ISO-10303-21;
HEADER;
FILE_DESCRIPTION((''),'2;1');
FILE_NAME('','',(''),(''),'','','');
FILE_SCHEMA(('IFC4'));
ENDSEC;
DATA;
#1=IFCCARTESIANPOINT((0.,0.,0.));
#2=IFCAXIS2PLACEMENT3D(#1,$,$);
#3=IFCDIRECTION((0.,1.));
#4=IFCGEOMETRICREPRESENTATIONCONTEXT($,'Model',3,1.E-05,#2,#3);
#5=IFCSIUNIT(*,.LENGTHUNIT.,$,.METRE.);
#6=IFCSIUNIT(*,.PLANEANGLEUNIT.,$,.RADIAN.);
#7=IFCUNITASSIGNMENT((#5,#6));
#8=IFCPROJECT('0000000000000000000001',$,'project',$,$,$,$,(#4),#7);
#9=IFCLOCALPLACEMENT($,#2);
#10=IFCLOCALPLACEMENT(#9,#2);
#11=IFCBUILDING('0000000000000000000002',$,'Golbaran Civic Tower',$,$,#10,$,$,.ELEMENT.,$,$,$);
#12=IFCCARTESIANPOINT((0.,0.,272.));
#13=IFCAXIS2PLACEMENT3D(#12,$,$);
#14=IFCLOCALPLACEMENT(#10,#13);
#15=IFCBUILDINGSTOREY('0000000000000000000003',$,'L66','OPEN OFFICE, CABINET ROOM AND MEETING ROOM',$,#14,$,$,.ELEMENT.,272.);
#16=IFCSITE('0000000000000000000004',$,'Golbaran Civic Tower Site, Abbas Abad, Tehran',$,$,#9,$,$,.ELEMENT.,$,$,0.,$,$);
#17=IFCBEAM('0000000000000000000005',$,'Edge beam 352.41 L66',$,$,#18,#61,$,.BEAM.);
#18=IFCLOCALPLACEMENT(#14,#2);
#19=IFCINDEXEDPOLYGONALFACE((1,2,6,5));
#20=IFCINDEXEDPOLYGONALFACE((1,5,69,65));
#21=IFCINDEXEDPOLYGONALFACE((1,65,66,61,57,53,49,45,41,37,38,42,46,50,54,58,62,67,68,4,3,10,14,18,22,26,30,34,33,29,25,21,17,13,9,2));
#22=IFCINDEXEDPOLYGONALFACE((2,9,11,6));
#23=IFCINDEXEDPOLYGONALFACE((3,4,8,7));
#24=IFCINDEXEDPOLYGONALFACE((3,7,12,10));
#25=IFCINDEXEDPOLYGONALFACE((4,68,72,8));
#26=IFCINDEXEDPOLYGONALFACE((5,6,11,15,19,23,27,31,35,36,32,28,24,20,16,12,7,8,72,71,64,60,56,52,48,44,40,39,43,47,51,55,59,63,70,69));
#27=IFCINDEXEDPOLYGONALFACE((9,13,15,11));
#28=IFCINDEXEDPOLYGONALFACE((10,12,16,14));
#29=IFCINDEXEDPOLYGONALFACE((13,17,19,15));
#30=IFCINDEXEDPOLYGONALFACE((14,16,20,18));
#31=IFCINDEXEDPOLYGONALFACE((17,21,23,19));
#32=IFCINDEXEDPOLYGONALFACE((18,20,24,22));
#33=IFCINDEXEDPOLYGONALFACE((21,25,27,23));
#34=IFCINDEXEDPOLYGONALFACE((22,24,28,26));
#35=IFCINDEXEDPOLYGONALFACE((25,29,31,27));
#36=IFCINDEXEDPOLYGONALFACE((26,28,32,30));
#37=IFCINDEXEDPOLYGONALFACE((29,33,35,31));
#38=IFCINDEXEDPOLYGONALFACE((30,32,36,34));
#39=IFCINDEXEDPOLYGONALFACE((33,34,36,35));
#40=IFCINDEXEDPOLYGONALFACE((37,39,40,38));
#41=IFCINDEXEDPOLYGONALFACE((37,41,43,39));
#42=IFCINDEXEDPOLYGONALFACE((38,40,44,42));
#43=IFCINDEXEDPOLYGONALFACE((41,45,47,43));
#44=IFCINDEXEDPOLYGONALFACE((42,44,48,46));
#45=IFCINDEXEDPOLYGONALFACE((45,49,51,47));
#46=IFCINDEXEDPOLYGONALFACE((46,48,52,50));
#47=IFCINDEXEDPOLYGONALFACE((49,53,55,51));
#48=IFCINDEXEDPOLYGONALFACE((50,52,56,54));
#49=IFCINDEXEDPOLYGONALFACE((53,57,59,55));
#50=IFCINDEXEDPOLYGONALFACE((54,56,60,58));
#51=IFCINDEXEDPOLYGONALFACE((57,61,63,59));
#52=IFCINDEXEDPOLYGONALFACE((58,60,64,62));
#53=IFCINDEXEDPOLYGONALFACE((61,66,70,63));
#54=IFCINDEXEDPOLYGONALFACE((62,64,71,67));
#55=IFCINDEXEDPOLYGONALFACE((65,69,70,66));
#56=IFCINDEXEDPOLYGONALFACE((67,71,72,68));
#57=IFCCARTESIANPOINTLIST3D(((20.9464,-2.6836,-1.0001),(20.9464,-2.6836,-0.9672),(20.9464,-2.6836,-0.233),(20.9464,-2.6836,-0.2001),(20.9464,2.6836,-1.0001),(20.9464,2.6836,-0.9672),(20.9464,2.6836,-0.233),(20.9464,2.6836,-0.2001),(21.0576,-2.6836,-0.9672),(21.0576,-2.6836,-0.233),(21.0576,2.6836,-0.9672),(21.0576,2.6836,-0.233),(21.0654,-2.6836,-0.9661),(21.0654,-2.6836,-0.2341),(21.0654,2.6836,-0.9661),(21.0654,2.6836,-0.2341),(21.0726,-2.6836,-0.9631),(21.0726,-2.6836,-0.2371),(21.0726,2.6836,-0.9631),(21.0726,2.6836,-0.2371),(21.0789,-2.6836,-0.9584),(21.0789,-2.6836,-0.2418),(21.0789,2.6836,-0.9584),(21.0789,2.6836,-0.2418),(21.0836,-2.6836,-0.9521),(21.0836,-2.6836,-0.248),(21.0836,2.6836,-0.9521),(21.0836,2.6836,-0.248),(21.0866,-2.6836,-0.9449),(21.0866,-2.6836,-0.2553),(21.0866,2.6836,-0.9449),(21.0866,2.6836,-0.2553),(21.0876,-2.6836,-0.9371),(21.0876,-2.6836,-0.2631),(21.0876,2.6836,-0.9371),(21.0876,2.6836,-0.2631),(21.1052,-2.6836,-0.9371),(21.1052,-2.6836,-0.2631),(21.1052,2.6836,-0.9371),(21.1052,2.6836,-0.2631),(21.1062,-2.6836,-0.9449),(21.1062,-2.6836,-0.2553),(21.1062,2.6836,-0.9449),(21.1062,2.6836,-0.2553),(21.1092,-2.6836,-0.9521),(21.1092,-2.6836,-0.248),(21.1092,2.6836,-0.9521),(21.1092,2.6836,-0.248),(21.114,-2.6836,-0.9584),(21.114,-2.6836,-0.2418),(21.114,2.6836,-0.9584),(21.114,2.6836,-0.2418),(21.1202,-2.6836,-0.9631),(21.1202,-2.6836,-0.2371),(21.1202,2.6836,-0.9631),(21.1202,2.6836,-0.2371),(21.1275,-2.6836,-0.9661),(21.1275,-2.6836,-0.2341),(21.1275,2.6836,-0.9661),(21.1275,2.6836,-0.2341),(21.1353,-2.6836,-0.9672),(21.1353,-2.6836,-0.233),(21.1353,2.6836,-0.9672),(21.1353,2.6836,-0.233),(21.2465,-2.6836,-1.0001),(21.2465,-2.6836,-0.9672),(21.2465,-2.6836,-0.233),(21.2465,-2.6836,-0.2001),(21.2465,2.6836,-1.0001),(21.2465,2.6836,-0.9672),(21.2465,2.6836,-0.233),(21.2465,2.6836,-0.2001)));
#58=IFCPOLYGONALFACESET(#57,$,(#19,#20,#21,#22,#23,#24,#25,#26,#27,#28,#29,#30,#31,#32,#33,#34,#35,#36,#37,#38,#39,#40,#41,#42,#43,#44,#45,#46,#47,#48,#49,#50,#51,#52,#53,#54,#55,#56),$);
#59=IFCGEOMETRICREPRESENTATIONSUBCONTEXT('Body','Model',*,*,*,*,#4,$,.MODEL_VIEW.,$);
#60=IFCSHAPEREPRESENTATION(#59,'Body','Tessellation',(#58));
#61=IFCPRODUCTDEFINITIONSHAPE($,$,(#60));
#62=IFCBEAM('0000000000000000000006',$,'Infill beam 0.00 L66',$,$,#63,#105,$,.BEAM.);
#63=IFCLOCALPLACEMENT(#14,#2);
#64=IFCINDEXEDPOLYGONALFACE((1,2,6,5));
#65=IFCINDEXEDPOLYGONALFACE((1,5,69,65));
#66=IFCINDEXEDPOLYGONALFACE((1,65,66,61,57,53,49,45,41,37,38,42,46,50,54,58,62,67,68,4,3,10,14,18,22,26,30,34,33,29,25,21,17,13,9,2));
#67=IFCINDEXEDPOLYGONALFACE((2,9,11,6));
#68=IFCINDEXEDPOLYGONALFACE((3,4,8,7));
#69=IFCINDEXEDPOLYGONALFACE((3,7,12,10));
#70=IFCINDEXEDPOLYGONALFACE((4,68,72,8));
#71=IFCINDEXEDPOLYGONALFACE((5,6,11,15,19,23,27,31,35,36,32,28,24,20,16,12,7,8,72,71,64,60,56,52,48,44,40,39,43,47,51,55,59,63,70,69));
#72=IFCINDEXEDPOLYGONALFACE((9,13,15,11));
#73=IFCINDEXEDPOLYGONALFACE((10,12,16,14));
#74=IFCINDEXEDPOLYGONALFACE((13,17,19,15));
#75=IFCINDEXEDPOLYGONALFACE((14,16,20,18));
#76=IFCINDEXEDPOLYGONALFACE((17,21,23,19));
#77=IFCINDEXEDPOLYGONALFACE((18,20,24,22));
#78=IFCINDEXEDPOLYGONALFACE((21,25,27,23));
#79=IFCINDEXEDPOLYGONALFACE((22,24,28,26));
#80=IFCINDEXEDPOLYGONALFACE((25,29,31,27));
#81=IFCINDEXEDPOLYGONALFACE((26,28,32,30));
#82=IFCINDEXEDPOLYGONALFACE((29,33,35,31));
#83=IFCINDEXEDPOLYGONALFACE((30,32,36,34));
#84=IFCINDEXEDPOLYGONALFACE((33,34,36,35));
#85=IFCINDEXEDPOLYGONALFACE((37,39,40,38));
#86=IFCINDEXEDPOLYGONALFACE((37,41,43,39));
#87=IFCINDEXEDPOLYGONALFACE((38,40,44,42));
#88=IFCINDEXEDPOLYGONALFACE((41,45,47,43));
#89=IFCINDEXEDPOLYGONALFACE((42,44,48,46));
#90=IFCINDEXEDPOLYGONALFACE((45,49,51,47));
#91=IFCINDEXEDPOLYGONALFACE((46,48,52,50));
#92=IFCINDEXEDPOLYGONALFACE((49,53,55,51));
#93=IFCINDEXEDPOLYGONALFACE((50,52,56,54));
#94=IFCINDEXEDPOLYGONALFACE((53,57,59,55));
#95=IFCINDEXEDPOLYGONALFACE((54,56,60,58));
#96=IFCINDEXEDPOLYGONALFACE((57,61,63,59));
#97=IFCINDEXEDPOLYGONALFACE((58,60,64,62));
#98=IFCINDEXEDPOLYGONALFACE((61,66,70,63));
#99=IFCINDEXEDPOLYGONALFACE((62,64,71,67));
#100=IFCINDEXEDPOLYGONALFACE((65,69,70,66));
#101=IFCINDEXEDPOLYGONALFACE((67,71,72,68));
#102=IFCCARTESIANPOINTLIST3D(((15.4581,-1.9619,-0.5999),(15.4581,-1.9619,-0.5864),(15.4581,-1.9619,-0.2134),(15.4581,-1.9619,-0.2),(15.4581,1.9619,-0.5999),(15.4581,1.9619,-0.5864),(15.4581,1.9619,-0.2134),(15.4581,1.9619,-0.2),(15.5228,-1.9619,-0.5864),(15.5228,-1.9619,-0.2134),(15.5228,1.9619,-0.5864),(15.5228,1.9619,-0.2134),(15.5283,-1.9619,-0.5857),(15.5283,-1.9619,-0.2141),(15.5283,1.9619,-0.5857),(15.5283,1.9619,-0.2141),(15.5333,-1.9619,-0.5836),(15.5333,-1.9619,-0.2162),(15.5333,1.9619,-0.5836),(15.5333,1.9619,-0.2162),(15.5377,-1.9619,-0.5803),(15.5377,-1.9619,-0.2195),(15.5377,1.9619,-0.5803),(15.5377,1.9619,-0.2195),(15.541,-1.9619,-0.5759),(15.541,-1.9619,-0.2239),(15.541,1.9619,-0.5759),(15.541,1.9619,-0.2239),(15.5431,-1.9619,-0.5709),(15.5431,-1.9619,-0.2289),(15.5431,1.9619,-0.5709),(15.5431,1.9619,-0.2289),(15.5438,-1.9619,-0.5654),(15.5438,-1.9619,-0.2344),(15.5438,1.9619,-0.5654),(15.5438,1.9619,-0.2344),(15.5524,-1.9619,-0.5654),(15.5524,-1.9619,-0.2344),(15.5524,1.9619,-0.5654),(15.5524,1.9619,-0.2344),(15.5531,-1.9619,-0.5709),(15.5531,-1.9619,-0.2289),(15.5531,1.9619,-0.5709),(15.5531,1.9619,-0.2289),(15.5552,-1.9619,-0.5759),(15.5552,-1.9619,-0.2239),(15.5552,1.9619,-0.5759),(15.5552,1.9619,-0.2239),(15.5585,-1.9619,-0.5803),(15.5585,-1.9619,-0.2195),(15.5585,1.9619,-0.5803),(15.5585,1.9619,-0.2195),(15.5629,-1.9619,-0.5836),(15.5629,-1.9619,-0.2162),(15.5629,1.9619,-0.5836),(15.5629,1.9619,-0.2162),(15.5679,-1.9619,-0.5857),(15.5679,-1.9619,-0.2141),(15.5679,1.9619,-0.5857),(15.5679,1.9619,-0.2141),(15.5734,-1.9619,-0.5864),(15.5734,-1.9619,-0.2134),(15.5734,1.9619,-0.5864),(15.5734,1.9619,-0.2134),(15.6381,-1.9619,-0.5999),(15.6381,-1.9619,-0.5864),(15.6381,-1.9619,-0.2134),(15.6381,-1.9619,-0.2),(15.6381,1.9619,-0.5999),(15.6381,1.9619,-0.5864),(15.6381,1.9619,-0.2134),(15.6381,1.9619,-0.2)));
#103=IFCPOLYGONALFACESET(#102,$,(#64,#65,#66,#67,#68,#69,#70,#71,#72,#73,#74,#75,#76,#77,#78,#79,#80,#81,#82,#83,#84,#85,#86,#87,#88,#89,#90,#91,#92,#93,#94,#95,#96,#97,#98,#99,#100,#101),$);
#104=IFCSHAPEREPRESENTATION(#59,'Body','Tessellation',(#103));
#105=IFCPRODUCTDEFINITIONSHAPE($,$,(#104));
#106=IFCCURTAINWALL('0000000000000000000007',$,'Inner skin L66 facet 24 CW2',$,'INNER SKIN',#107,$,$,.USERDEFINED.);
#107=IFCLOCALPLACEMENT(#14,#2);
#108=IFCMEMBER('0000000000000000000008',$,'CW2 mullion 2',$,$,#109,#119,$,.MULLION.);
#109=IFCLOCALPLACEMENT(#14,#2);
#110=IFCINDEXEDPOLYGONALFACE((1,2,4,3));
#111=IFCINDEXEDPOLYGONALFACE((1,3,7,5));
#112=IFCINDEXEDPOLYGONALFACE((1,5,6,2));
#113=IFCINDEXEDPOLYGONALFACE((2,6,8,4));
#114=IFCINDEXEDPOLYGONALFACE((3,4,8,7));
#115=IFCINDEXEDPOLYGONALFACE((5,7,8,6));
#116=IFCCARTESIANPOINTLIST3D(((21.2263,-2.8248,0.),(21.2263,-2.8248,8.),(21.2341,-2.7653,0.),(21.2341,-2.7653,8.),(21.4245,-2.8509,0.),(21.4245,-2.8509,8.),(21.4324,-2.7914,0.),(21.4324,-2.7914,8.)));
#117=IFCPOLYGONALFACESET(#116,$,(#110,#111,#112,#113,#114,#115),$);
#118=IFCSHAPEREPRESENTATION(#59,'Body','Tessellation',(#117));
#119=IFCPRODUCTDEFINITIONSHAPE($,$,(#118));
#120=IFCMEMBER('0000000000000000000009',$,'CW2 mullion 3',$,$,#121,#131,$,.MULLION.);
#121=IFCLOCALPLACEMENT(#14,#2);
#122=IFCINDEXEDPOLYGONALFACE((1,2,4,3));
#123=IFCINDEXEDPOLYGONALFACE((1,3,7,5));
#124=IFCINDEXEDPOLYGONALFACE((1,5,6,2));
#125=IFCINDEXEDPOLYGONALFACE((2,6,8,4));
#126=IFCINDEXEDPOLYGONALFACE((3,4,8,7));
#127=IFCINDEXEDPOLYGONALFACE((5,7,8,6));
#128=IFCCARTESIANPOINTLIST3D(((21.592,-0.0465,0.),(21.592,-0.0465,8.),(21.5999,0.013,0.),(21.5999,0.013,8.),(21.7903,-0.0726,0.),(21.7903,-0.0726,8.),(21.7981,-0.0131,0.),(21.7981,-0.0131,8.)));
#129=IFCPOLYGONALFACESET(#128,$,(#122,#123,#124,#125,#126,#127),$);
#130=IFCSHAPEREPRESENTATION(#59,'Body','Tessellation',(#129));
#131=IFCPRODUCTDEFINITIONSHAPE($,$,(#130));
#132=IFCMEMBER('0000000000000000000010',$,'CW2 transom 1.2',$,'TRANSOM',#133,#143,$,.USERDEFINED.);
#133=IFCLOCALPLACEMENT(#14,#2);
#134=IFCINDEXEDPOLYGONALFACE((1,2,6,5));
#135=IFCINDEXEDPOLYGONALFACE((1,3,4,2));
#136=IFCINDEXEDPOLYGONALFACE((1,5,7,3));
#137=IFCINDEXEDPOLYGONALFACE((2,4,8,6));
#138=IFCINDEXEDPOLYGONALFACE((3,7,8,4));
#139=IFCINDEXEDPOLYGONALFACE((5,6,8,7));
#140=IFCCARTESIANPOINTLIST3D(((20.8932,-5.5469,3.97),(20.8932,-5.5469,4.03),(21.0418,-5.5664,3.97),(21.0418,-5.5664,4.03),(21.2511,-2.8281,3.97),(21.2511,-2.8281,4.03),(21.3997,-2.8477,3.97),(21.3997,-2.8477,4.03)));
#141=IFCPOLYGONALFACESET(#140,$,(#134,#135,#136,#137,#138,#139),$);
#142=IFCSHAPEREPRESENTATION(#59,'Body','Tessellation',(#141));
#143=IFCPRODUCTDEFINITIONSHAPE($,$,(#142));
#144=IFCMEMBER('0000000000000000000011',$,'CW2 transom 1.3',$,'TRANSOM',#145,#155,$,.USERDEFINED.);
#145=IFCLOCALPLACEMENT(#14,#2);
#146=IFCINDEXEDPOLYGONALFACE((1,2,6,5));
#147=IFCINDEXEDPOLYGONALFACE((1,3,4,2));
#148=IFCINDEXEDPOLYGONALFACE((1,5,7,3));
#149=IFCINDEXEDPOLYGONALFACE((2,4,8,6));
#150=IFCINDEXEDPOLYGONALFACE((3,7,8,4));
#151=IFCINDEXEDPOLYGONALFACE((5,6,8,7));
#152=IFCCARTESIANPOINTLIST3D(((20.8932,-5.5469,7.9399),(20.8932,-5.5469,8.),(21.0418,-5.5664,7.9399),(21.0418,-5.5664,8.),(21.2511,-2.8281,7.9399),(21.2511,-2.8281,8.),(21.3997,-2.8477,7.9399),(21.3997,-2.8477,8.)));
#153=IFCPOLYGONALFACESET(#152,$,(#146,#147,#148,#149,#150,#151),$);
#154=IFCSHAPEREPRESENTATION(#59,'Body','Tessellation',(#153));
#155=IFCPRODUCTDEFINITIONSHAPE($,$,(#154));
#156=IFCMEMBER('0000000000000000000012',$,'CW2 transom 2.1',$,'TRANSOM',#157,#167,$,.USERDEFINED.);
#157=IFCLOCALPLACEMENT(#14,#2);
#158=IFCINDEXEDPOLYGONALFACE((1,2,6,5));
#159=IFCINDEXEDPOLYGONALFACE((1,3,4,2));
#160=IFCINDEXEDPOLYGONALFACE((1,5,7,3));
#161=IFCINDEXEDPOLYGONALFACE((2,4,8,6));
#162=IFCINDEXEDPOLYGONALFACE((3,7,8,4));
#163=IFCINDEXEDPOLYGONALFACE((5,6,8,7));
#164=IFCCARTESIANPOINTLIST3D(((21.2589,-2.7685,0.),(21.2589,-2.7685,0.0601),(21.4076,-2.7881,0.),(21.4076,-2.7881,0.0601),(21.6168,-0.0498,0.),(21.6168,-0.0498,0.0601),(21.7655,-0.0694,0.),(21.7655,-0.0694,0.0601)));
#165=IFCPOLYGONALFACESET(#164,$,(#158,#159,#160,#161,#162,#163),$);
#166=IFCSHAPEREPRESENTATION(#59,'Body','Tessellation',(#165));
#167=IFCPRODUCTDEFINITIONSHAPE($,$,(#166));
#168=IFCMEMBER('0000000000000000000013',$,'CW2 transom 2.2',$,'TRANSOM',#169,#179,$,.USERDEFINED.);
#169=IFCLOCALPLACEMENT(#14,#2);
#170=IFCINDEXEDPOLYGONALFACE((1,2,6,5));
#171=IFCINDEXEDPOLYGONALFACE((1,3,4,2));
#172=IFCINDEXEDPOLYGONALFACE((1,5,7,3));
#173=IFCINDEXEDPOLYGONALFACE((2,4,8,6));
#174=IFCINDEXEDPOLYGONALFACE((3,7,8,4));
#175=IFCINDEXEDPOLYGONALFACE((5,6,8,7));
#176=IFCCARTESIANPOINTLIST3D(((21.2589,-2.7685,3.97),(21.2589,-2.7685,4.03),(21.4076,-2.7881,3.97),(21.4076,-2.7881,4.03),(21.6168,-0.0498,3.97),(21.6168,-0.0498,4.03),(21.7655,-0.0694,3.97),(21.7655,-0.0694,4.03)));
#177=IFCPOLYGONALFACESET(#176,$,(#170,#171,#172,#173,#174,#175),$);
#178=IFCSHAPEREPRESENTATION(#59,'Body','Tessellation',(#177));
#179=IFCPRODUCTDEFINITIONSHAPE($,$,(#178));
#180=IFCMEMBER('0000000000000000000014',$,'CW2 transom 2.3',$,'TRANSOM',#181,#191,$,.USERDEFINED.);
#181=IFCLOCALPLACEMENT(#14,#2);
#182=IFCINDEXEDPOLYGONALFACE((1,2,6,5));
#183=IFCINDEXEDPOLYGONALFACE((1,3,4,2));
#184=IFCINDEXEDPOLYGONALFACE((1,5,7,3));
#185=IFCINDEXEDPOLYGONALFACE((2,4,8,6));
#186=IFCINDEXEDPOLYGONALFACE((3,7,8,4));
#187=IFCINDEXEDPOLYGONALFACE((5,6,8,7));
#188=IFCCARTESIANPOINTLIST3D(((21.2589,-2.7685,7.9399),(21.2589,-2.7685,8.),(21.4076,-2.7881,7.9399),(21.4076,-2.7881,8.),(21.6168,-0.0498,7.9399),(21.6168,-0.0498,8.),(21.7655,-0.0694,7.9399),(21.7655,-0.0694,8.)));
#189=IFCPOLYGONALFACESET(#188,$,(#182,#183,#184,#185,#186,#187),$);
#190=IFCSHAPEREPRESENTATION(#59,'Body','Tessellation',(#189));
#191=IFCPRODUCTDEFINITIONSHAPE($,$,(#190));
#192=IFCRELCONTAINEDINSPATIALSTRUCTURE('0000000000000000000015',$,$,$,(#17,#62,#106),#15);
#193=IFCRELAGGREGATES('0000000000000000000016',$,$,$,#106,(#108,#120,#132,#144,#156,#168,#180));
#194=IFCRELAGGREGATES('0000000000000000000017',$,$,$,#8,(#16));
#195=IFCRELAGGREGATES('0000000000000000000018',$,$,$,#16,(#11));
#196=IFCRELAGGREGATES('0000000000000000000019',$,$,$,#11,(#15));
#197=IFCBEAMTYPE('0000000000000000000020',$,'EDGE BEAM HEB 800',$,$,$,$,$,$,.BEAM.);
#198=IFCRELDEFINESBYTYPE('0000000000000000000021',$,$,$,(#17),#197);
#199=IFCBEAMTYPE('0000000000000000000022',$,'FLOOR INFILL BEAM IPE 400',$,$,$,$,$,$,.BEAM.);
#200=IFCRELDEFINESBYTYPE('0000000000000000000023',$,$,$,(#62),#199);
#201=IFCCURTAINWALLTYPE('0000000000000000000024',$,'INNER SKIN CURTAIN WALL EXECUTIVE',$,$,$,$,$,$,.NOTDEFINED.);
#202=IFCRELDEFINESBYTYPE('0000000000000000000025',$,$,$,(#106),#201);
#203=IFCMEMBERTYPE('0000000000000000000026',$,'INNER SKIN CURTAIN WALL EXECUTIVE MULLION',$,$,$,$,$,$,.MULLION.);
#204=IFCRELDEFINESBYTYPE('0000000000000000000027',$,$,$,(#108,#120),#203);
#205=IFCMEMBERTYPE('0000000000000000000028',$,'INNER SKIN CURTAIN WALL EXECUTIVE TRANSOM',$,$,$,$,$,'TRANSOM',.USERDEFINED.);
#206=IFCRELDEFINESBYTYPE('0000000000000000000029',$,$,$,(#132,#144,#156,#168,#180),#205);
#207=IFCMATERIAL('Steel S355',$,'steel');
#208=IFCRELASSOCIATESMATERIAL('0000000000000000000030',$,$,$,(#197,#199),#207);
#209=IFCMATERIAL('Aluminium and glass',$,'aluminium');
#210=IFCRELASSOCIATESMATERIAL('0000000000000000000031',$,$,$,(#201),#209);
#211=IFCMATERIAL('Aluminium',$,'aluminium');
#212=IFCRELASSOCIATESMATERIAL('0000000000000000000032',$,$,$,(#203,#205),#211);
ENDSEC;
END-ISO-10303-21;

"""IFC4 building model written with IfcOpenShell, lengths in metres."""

from ifc_helpers import new_model, si_unit, direction, frame, origin, origin_2d, place, context, subcontext, project, spatial, rectangle, i_section, extrude, material, material_profile, profile_set, type_object, element, aggregate, save


model = new_model("IFC4")

# Units and contexts
model_context = context("Model", 3, precision=1e-05, world=origin(), true_north=direction((0.0, 1.0)))
body_context = subcontext(model_context, "Body", "Model", "MODEL_VIEW")
ifc_project = project(units=[si_unit("LENGTHUNIT", "METRE"), si_unit("PLANEANGLEUNIT", "RADIAN")], contexts=[model_context])

# Site, building, storey
site_placement = place(None, origin())
site = spatial("IfcSite", under=ifc_project, at=site_placement, Name="Golbaran Civic Tower Site, Abbas Abad, Tehran", CompositionType="ELEMENT", RefElevation=0.0)
building_placement = place(site_placement, origin())
building = spatial("IfcBuilding", under=site, at=building_placement, Name="Golbaran Civic Tower", CompositionType="ELEMENT")
storey_placement = place(building_placement, frame((0.0, 0.0, 272.0)))
storey = spatial("IfcBuildingStorey", under=building, at=storey_placement, Name="L66", Description="OPEN OFFICE, CABINET ROOM AND MEETING ROOM", CompositionType="ELEMENT", Elevation=272.0)

# Beams
ifc_material_1 = material(Name="Steel S355", Category="steel")
ifc_material_profile_1 = material_profile(ifc_material_1, i_section(OverallWidth=0.3, OverallDepth=0.8, WebThickness=0.0176, FlangeThickness=0.033, FilletRadius=0.03, at=origin_2d()), Name="HEB 800")
ifc_profile_set_1 = profile_set([ifc_material_profile_1], Name="Steel S355")
beam_type_1 = type_object("IfcBeamType", Name="EDGE BEAM HEB 800", PredefinedType="BEAM", material=ifc_profile_set_1)
beam_1_placement = place(storey_placement, frame((21.0964, -2.6836, -0.6001), z_axis=(0.0, 1.0, 0.0), x_axis=(-1.0, 0.0, 0.0)))
element("IfcBeam", 1, at=beam_1_placement, inside=storey, type_object=beam_type_1, Name="Edge beam 352.41 L66", PredefinedType="BEAM", context=body_context, shape_type="SweptSolid", body=[
    extrude(i_section(OverallWidth=0.3, OverallDepth=0.8, WebThickness=0.0176, FlangeThickness=0.033, FilletRadius=0.03, at=origin_2d()), origin(), (0.0, 0.0, 1.0), 5.3672),
])
ifc_material_profile_2 = material_profile(ifc_material_1, i_section(OverallWidth=0.1799, OverallDepth=0.3999, WebThickness=0.0085, FlangeThickness=0.0134, FilletRadius=0.021, at=origin_2d()), Name="IPE 400")
ifc_profile_set_2 = profile_set([ifc_material_profile_2], Name="Steel S355")
beam_type_2 = type_object("IfcBeamType", Name="FLOOR INFILL BEAM IPE 400", PredefinedType="BEAM", material=ifc_profile_set_2)
beam_2_placement = place(storey_placement, frame((15.5481, -1.9619, -0.3999), z_axis=(0.0, 1.0, 0.0), x_axis=(-1.0, 0.0, 0.0)))
element("IfcBeam", 2, at=beam_2_placement, inside=storey, type_object=beam_type_2, Name="Infill beam 0.00 L66", PredefinedType="BEAM", context=body_context, shape_type="SweptSolid", body=[
    extrude(i_section(OverallWidth=0.1799, OverallDepth=0.3999, WebThickness=0.0085, FlangeThickness=0.0134, FilletRadius=0.021, at=origin_2d()), origin(), (0.0, 0.0, 1.0), 3.9238),
])

# Curtain wall, members
ifc_material_2 = material(Name="Aluminium and glass", Category="aluminium")
curtain_wall_type = type_object("IfcCurtainWallType", Name="INNER SKIN CURTAIN WALL EXECUTIVE", PredefinedType="NOTDEFINED", material=ifc_material_2)
curtain_wall_placement = place(storey_placement, origin())
curtain_wall = element("IfcCurtainWall", 3, at=curtain_wall_placement, inside=storey, type_object=curtain_wall_type, Name="Inner skin L66 facet 24 CW2", ObjectType="INNER SKIN", PredefinedType="USERDEFINED")
ifc_material_3 = material(Name="Aluminium", Category="aluminium")
ifc_material_profile_3 = material_profile(ifc_material_3, rectangle(XDim=0.2, YDim=0.0601, at=origin_2d()), Name="INNER SKIN CURTAIN WALL EXECUTIVE MULLION")
ifc_profile_set_3 = profile_set([ifc_material_profile_3], Name="Aluminium")
member_type_1 = type_object("IfcMemberType", Name="INNER SKIN CURTAIN WALL EXECUTIVE MULLION", PredefinedType="MULLION", material=ifc_profile_set_3)
member_1_placement = place(storey_placement, frame((21.3293, -2.8081, 0.0), z_axis=(0.0, 0.0, 1.0), x_axis=(-0.991445, 0.130526, 0.0)))
member_1 = element("IfcMember", 4, at=member_1_placement, type_object=member_type_1, Name="CW2 mullion 2", PredefinedType="MULLION", context=body_context, shape_type="SweptSolid", body=[
    extrude(rectangle(XDim=0.2, YDim=0.0601, at=origin_2d()), origin(), (0.0, 0.0, 1.0), 8.0),
])
member_2_placement = place(storey_placement, frame((21.6951, -0.0298, 0.0), z_axis=(0.0, 0.0, 1.0), x_axis=(-0.991445, 0.130526, 0.0)))
member_2 = element("IfcMember", 5, at=member_2_placement, type_object=member_type_1, Name="CW2 mullion 3", PredefinedType="MULLION", context=body_context, shape_type="SweptSolid", body=[
    extrude(rectangle(XDim=0.2, YDim=0.0601, at=origin_2d()), origin(), (0.0, 0.0, 1.0), 8.0),
])
ifc_material_profile_4 = material_profile(ifc_material_3, rectangle(XDim=0.1499, YDim=0.0601, at=origin_2d()), Name="INNER SKIN CURTAIN WALL EXECUTIVE TRANSOM")
ifc_profile_set_4 = profile_set([ifc_material_profile_4], Name="Aluminium")
member_type_2 = type_object("IfcMemberType", Name="INNER SKIN CURTAIN WALL EXECUTIVE TRANSOM", ElementType="TRANSOM", PredefinedType="USERDEFINED", material=ifc_profile_set_4)
member_3_placement = place(storey_placement, frame((20.9675, -5.5566, 4.0), z_axis=(0.130519, 0.991446, 0.0), x_axis=(-0.991446, 0.130519, 0.0)))
member_3 = element("IfcMember", 6, at=member_3_placement, type_object=member_type_2, Name="CW2 transom 1.2", ObjectType="TRANSOM", PredefinedType="USERDEFINED", context=body_context, shape_type="SweptSolid", body=[
    extrude(rectangle(XDim=0.1499, YDim=0.0601, at=origin_2d()), origin(), (0.0, 0.0, 1.0), 2.7422),
])
member_4_placement = place(storey_placement, frame((20.9675, -5.5566, 7.97), z_axis=(0.130519, 0.991446, 0.0), x_axis=(-0.991446, 0.130519, 0.0)))
member_4 = element("IfcMember", 7, at=member_4_placement, type_object=member_type_2, Name="CW2 transom 1.3", ObjectType="TRANSOM", PredefinedType="USERDEFINED", context=body_context, shape_type="SweptSolid", body=[
    extrude(rectangle(XDim=0.1499, YDim=0.0601, at=origin_2d()), origin(), (0.0, 0.0, 1.0), 2.7422),
])
member_5_placement = place(storey_placement, frame((21.3333, -2.7783, 0.03), z_axis=(0.130519, 0.991446, 0.0), x_axis=(-0.991446, 0.130519, 0.0)))
member_5 = element("IfcMember", 8, at=member_5_placement, type_object=member_type_2, Name="CW2 transom 2.1", ObjectType="TRANSOM", PredefinedType="USERDEFINED", context=body_context, shape_type="SweptSolid", body=[
    extrude(rectangle(XDim=0.1499, YDim=0.0601, at=origin_2d()), origin(), (0.0, 0.0, 1.0), 2.7422),
])
member_6_placement = place(storey_placement, frame((21.3333, -2.7783, 4.0), z_axis=(0.130519, 0.991446, 0.0), x_axis=(-0.991446, 0.130519, 0.0)))
member_6 = element("IfcMember", 9, at=member_6_placement, type_object=member_type_2, Name="CW2 transom 2.2", ObjectType="TRANSOM", PredefinedType="USERDEFINED", context=body_context, shape_type="SweptSolid", body=[
    extrude(rectangle(XDim=0.1499, YDim=0.0601, at=origin_2d()), origin(), (0.0, 0.0, 1.0), 2.7422),
])
member_7_placement = place(storey_placement, frame((21.3333, -2.7783, 7.97), z_axis=(0.130519, 0.991446, 0.0), x_axis=(-0.991446, 0.130519, 0.0)))
member_7 = element("IfcMember", 10, at=member_7_placement, type_object=member_type_2, Name="CW2 transom 2.3", ObjectType="TRANSOM", PredefinedType="USERDEFINED", context=body_context, shape_type="SweptSolid", body=[
    extrude(rectangle(XDim=0.1499, YDim=0.0601, at=origin_2d()), origin(), (0.0, 0.0, 1.0), 2.7422),
])
aggregate(curtain_wall, [member_1, member_2, member_3, member_4, member_5, member_6, member_7])

save(model, "model.ifc")
